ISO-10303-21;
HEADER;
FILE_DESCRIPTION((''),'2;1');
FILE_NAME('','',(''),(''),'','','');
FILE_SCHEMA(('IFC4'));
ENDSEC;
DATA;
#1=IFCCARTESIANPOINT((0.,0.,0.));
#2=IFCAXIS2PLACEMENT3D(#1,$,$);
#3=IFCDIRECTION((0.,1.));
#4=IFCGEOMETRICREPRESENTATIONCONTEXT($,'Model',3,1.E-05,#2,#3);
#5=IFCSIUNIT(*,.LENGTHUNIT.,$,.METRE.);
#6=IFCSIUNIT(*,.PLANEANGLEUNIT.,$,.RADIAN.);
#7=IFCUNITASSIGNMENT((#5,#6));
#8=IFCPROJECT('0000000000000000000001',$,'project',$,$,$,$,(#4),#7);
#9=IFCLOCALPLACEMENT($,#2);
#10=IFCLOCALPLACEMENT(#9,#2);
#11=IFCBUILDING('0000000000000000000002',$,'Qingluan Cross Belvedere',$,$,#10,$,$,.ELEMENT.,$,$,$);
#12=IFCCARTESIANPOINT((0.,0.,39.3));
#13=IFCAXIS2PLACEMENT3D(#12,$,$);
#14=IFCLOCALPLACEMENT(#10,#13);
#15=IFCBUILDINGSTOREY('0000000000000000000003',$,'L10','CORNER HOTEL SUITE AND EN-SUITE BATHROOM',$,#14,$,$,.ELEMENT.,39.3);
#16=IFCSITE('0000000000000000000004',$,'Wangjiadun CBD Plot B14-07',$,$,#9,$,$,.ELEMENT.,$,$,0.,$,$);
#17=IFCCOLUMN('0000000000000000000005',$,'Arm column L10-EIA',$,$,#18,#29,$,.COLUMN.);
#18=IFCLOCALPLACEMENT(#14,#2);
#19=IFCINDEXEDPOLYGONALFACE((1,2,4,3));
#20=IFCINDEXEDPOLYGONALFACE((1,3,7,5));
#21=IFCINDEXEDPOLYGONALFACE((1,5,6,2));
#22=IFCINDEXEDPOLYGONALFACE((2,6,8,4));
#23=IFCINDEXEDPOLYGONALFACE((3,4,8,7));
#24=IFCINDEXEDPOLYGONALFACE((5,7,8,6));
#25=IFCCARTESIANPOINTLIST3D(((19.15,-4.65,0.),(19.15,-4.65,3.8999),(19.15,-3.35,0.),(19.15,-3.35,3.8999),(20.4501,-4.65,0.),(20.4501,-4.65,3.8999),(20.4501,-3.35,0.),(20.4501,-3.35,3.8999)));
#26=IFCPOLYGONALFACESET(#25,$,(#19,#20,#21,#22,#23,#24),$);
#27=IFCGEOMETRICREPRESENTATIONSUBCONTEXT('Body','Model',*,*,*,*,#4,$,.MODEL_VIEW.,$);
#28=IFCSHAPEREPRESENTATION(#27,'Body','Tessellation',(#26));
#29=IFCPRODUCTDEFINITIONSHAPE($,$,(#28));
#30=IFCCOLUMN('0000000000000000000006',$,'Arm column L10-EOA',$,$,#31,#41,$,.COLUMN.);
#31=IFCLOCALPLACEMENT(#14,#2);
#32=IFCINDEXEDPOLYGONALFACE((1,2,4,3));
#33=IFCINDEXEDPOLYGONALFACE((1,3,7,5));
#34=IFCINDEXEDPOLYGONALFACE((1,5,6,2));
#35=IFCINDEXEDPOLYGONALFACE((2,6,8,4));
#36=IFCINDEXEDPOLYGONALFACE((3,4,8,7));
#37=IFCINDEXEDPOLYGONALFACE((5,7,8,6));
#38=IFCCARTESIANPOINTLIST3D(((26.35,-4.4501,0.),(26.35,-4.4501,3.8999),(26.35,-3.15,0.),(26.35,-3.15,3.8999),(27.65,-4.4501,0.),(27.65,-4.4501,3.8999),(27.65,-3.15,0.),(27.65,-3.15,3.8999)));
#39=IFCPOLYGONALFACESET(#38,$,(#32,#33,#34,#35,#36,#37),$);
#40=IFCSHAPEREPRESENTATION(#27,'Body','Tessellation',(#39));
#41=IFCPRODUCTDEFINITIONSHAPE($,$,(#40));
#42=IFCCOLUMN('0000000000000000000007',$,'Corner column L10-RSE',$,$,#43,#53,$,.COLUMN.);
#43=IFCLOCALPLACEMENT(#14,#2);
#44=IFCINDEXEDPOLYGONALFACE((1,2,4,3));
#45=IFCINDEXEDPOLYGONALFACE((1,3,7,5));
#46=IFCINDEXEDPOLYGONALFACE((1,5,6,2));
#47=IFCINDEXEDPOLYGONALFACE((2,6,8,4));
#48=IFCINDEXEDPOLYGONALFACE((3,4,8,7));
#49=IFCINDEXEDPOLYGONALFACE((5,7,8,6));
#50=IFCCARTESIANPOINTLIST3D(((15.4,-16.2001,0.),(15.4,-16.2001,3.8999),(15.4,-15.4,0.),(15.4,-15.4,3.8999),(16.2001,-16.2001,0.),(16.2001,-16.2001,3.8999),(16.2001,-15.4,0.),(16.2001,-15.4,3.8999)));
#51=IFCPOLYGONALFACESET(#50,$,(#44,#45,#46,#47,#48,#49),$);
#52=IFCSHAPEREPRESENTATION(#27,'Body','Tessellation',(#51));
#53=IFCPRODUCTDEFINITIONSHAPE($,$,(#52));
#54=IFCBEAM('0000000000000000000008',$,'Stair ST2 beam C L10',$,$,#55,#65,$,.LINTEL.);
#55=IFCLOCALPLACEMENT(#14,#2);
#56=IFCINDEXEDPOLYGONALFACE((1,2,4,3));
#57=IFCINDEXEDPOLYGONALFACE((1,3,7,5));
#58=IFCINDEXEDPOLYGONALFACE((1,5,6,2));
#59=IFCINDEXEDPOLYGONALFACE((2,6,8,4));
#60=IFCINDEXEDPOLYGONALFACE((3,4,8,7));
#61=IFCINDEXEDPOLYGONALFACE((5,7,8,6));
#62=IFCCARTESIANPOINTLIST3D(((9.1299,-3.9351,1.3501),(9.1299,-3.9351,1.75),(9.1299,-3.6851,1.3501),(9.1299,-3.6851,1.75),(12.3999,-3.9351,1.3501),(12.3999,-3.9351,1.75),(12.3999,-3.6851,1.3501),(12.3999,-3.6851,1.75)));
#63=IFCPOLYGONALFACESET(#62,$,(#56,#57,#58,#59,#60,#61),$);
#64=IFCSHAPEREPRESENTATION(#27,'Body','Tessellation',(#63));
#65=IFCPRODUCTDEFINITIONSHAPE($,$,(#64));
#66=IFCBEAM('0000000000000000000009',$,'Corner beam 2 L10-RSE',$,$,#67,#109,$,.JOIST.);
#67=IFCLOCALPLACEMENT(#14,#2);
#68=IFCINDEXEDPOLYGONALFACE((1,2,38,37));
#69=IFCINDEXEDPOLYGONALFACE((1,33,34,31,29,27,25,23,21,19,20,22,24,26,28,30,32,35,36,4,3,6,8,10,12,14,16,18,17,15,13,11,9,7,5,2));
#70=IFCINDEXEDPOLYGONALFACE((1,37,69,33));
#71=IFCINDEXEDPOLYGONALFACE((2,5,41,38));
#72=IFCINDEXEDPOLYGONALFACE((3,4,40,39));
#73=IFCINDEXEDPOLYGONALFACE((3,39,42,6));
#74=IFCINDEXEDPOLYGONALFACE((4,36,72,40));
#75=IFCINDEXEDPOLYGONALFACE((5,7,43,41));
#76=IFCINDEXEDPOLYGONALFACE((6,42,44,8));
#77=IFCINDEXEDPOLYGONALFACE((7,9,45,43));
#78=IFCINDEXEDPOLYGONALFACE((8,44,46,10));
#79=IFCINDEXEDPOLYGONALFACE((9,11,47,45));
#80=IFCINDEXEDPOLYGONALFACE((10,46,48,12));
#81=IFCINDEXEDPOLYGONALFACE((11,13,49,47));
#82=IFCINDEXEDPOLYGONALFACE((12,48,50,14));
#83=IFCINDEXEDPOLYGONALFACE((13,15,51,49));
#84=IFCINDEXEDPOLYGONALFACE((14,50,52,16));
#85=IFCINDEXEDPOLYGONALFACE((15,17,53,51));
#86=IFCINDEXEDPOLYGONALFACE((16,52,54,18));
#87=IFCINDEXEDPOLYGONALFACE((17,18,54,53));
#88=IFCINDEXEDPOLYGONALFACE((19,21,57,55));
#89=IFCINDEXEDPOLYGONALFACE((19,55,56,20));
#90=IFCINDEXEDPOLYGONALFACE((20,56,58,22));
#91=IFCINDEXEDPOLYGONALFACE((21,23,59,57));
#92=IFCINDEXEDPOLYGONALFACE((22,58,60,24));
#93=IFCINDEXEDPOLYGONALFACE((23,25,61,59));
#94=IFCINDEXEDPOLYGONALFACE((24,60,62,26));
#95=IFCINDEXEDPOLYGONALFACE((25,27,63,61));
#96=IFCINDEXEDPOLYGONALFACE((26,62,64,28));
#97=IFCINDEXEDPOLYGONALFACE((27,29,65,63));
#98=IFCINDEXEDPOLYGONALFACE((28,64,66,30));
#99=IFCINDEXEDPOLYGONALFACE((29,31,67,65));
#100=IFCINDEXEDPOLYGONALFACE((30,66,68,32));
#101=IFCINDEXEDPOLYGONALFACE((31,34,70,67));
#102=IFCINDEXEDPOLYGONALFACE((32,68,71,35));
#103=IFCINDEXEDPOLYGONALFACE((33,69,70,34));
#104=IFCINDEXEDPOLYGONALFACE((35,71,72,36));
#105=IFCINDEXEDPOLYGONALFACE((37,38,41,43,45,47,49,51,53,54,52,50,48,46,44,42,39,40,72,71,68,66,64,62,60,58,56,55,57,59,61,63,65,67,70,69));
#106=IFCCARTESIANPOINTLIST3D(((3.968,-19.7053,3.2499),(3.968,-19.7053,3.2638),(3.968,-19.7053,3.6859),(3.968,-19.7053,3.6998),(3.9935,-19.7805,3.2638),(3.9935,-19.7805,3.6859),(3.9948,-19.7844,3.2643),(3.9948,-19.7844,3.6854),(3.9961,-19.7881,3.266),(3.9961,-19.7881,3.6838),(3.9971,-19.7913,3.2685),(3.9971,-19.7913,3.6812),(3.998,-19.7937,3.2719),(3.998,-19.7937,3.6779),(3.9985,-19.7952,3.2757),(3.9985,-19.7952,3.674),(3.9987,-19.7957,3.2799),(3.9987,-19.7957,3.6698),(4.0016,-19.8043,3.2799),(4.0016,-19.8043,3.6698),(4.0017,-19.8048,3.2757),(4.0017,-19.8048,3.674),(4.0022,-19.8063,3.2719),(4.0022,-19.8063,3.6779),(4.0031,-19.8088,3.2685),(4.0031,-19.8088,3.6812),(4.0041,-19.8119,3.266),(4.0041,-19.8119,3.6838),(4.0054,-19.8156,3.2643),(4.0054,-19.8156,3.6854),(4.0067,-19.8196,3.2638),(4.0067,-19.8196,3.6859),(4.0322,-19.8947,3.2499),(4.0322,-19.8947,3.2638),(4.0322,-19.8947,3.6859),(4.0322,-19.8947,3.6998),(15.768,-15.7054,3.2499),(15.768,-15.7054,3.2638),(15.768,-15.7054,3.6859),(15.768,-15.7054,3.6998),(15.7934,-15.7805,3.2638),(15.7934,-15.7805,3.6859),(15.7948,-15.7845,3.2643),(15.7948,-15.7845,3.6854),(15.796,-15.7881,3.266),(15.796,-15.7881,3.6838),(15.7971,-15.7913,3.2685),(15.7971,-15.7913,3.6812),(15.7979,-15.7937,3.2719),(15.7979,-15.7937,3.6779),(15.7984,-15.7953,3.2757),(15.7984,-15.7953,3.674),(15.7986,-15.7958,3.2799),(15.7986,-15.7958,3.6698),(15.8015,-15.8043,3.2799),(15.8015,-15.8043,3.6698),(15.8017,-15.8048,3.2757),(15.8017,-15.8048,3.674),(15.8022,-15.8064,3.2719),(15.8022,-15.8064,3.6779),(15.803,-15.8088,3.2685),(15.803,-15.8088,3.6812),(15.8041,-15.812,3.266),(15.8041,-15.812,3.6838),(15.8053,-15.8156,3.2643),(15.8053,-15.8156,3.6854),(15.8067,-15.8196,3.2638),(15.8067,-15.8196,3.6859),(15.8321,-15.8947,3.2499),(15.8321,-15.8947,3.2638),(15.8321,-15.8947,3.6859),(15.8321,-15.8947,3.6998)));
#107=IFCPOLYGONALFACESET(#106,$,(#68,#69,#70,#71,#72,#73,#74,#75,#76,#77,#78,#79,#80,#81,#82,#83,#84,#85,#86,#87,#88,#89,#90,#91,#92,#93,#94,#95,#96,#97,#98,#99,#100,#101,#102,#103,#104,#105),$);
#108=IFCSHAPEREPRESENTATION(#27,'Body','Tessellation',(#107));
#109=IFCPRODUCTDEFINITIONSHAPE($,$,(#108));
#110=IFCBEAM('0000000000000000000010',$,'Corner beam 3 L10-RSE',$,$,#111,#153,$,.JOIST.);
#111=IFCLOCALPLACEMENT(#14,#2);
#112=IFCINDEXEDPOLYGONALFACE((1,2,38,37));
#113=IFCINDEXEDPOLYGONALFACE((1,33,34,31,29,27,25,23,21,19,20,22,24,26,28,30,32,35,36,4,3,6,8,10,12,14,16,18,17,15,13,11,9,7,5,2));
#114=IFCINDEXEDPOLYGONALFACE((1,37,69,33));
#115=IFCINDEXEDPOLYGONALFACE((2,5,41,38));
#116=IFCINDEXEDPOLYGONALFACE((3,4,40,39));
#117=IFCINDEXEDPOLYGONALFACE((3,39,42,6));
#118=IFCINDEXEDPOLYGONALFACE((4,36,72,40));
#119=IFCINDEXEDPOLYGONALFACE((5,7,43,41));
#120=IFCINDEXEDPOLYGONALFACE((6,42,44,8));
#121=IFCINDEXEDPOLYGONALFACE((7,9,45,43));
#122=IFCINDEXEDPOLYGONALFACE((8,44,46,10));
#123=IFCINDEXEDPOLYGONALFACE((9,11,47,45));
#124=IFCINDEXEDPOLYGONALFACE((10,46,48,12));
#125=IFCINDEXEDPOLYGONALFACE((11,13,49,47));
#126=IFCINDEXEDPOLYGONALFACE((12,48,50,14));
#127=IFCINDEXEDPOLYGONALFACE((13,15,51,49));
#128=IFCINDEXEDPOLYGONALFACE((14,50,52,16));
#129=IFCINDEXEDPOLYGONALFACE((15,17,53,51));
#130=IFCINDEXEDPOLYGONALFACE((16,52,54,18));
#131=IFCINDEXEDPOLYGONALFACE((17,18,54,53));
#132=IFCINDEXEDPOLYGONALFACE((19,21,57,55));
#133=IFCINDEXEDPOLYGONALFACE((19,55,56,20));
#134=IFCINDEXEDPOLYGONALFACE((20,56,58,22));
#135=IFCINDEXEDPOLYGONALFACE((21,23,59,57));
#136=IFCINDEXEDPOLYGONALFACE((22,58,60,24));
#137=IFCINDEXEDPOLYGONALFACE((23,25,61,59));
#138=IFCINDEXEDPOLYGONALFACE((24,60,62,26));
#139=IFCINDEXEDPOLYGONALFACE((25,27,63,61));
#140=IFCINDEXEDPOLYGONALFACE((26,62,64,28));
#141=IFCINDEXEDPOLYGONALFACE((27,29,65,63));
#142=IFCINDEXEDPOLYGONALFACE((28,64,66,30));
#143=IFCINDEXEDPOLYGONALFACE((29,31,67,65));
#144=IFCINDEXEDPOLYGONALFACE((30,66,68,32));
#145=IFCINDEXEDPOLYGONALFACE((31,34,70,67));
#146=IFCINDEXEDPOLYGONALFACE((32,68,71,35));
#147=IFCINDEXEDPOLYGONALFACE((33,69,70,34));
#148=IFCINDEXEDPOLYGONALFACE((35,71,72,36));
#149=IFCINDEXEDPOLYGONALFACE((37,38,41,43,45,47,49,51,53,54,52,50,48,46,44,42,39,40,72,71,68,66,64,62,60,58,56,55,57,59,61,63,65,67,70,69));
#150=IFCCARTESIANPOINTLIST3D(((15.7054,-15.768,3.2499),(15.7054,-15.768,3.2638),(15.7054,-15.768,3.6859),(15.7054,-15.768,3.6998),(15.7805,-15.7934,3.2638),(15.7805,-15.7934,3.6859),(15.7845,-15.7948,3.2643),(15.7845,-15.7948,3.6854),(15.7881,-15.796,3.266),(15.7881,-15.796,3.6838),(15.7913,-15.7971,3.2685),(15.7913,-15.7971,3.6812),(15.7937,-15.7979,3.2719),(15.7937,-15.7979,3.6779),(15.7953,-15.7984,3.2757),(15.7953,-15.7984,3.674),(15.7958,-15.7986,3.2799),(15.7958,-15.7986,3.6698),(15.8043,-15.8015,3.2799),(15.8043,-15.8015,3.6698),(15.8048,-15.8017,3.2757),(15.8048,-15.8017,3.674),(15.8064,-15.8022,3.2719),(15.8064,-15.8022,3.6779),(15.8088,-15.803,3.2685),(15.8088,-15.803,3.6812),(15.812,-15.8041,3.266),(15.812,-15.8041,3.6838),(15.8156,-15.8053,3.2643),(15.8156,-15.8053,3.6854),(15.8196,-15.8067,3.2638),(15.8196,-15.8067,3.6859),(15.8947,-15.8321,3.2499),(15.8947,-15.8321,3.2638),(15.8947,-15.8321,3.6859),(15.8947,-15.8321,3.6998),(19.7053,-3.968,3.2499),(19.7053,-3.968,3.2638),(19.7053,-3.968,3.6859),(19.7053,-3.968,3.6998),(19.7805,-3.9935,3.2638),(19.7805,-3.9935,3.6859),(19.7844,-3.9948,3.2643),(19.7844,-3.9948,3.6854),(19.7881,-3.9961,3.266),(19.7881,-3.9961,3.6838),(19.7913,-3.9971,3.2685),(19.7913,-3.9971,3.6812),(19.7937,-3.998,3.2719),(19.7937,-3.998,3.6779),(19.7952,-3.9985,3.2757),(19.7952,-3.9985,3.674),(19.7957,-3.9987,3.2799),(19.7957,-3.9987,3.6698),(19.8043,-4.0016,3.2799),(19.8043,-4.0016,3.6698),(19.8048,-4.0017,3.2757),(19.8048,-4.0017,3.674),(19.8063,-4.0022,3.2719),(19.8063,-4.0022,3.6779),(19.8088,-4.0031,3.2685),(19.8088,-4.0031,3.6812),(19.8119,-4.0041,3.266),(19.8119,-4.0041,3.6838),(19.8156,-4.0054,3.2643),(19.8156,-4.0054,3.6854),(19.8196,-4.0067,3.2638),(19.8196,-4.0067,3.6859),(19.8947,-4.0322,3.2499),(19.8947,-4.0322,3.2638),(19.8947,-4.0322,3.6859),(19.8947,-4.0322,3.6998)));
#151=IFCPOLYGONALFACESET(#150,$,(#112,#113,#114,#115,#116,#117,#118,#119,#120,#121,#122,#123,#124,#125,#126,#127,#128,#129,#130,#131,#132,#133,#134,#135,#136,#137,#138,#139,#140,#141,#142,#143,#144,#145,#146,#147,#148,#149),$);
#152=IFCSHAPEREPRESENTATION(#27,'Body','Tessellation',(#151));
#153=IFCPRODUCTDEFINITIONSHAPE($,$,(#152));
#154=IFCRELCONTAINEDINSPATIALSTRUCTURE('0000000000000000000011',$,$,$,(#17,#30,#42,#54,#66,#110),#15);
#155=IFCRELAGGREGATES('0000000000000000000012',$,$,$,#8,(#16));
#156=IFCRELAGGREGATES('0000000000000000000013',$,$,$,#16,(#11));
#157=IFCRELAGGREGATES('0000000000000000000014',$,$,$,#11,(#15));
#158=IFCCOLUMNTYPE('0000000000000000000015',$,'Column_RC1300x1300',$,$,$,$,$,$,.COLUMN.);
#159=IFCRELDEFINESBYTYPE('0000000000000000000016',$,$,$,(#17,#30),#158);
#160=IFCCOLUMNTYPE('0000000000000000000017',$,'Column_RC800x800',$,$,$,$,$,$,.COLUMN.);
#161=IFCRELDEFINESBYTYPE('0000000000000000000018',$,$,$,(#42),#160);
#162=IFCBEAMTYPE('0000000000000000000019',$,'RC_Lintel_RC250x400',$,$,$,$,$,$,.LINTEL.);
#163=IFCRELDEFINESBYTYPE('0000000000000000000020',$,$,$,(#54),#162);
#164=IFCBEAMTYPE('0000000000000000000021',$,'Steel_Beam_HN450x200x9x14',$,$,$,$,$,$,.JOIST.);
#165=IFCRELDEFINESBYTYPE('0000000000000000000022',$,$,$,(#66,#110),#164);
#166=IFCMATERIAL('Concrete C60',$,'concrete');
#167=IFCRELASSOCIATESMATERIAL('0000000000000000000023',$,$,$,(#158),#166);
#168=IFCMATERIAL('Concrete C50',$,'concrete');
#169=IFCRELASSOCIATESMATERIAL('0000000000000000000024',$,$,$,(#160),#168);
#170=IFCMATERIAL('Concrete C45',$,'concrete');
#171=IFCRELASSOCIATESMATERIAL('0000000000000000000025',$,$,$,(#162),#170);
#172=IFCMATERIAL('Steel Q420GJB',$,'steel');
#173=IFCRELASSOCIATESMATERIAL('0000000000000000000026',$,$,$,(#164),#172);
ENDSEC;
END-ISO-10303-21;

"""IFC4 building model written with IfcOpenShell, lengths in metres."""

from ifc_helpers import new_model, si_unit, direction, frame, origin, origin_2d, place, context, subcontext, project, spatial, rectangle, i_section, extrude, material, material_profile, profile_set, type_object, element, save


model = new_model("IFC4")

# Units and contexts
model_context = context("Model", 3, precision=1e-05, world=origin(), true_north=direction((0.0, 1.0)))
body_context = subcontext(model_context, "Body", "Model", "MODEL_VIEW")
ifc_project = project(units=[si_unit("LENGTHUNIT", "METRE"), si_unit("PLANEANGLEUNIT", "RADIAN")], contexts=[model_context])

# Site, building, storey
site_placement = place(None, origin())
site = spatial("IfcSite", under=ifc_project, at=site_placement, Name="Wangjiadun CBD Plot B14-07", CompositionType="ELEMENT", RefElevation=0.0)
building_placement = place(site_placement, origin())
building = spatial("IfcBuilding", under=site, at=building_placement, Name="Qingluan Cross Belvedere", CompositionType="ELEMENT")
storey_placement = place(building_placement, frame((0.0, 0.0, 39.3)))
storey = spatial("IfcBuildingStorey", under=building, at=storey_placement, Name="L10", Description="CORNER HOTEL SUITE AND EN-SUITE BATHROOM", CompositionType="ELEMENT", Elevation=39.3)

# Columns
ifc_material_1 = material(Name="Concrete C60", Category="concrete")
ifc_material_profile_1 = material_profile(ifc_material_1, rectangle(XDim=1.3, YDim=1.3, at=origin_2d()), Name="RC1300x1300")
ifc_profile_set_1 = profile_set([ifc_material_profile_1], Name="Concrete C60")
column_type_1 = type_object("IfcColumnType", Name="Column_RC1300x1300", PredefinedType="COLUMN", material=ifc_profile_set_1)
for number, where, z_axis, x_axis, name in (
    (1, (19.8, -4.0, 0.0), (0.0, 0.0, 1.0), (1.0, 0.0, 0.0), "Arm column L10-EIA"),
    (2, (27.0, -3.8, 0.0), (0.0, 0.0, 1.0), (1.0, 0.0, 0.0), "Arm column L10-EOA"),
):
    element("IfcColumn", number, at=place(storey_placement, frame(where, z_axis=z_axis, x_axis=x_axis)), inside=storey, type_object=column_type_1, Name=name, PredefinedType="COLUMN", context=body_context, shape_type="SweptSolid", body=[
        extrude(rectangle(XDim=1.3, YDim=1.3, at=origin_2d()), origin(), (0.0, 0.0, 1.0), 3.8999),
    ])
ifc_material_2 = material(Name="Concrete C50", Category="concrete")
ifc_material_profile_2 = material_profile(ifc_material_2, rectangle(XDim=0.8, YDim=0.8, at=origin_2d()), Name="RC800x800")
ifc_profile_set_2 = profile_set([ifc_material_profile_2], Name="Concrete C50")
column_type_2 = type_object("IfcColumnType", Name="Column_RC800x800", PredefinedType="COLUMN", material=ifc_profile_set_2)
column_placement = place(storey_placement, frame((15.8, -15.8, 0.0), z_axis=(0.0, 0.0, 1.0), x_axis=(1.0, 0.0, 0.0)))
element("IfcColumn", 3, at=column_placement, inside=storey, type_object=column_type_2, Name="Corner column L10-RSE", PredefinedType="COLUMN", context=body_context, shape_type="SweptSolid", body=[
    extrude(rectangle(XDim=0.8, YDim=0.8, at=origin_2d()), origin(), (0.0, 0.0, 1.0), 3.8999),
])

# Beams
ifc_material_3 = material(Name="Concrete C45", Category="concrete")
ifc_material_profile_3 = material_profile(ifc_material_3, rectangle(XDim=0.25, YDim=0.3999, at=origin_2d()), Name="RC250x400")
ifc_profile_set_3 = profile_set([ifc_material_profile_3], Name="Concrete C45")
beam_type_1 = type_object("IfcBeamType", Name="RC_Lintel_RC250x400", PredefinedType="LINTEL", material=ifc_profile_set_3)
beam_1_placement = place(storey_placement, frame((12.3999, -3.8101, 1.55), z_axis=(-1.0, 0.0, 0.0), x_axis=(0.0, -1.0, 0.0)))
element("IfcBeam", 4, at=beam_1_placement, inside=storey, type_object=beam_type_1, Name="Stair ST2 beam C L10", PredefinedType="LINTEL", context=body_context, shape_type="SweptSolid", body=[
    extrude(rectangle(XDim=0.25, YDim=0.3999, at=origin_2d()), origin(), (0.0, 0.0, 1.0), 3.27),
])
ifc_material_4 = material(Name="Steel Q420GJB", Category="steel")
ifc_material_profile_4 = material_profile(ifc_material_4, i_section(OverallWidth=0.2, OverallDepth=0.45, WebThickness=0.009, FlangeThickness=0.0139, FilletRadius=0.0161, at=origin_2d()), Name="HN450x200x9x14")
ifc_profile_set_4 = profile_set([ifc_material_profile_4], Name="Steel Q420GJB")
beam_type_2 = type_object("IfcBeamType", Name="Steel_Beam_HN450x200x9x14", PredefinedType="JOIST", material=ifc_profile_set_4)
for number, where, z_axis, x_axis, name in (
    (5, (15.8, -15.8, 3.4749), (-0.947066, -0.321038, 0.0), (0.321038, -0.947066, 0.0), "Corner beam 2 L10-RSE"),
    (6, (15.8, -15.8, 3.4749), (0.321038, 0.947066, 0.0), (-0.947066, 0.321038, 0.0), "Corner beam 3 L10-RSE"),
):
    element("IfcBeam", number, at=place(storey_placement, frame(where, z_axis=z_axis, x_axis=x_axis)), inside=storey, type_object=beam_type_2, Name=name, PredefinedType="JOIST", context=body_context, shape_type="SweptSolid", body=[
        extrude(i_section(OverallWidth=0.2, OverallDepth=0.45, WebThickness=0.009, FlangeThickness=0.0139, FilletRadius=0.0161, at=origin_2d()), origin(), (0.0, 0.0, 1.0), 12.4595),
    ])

save(model, "model.ifc")
